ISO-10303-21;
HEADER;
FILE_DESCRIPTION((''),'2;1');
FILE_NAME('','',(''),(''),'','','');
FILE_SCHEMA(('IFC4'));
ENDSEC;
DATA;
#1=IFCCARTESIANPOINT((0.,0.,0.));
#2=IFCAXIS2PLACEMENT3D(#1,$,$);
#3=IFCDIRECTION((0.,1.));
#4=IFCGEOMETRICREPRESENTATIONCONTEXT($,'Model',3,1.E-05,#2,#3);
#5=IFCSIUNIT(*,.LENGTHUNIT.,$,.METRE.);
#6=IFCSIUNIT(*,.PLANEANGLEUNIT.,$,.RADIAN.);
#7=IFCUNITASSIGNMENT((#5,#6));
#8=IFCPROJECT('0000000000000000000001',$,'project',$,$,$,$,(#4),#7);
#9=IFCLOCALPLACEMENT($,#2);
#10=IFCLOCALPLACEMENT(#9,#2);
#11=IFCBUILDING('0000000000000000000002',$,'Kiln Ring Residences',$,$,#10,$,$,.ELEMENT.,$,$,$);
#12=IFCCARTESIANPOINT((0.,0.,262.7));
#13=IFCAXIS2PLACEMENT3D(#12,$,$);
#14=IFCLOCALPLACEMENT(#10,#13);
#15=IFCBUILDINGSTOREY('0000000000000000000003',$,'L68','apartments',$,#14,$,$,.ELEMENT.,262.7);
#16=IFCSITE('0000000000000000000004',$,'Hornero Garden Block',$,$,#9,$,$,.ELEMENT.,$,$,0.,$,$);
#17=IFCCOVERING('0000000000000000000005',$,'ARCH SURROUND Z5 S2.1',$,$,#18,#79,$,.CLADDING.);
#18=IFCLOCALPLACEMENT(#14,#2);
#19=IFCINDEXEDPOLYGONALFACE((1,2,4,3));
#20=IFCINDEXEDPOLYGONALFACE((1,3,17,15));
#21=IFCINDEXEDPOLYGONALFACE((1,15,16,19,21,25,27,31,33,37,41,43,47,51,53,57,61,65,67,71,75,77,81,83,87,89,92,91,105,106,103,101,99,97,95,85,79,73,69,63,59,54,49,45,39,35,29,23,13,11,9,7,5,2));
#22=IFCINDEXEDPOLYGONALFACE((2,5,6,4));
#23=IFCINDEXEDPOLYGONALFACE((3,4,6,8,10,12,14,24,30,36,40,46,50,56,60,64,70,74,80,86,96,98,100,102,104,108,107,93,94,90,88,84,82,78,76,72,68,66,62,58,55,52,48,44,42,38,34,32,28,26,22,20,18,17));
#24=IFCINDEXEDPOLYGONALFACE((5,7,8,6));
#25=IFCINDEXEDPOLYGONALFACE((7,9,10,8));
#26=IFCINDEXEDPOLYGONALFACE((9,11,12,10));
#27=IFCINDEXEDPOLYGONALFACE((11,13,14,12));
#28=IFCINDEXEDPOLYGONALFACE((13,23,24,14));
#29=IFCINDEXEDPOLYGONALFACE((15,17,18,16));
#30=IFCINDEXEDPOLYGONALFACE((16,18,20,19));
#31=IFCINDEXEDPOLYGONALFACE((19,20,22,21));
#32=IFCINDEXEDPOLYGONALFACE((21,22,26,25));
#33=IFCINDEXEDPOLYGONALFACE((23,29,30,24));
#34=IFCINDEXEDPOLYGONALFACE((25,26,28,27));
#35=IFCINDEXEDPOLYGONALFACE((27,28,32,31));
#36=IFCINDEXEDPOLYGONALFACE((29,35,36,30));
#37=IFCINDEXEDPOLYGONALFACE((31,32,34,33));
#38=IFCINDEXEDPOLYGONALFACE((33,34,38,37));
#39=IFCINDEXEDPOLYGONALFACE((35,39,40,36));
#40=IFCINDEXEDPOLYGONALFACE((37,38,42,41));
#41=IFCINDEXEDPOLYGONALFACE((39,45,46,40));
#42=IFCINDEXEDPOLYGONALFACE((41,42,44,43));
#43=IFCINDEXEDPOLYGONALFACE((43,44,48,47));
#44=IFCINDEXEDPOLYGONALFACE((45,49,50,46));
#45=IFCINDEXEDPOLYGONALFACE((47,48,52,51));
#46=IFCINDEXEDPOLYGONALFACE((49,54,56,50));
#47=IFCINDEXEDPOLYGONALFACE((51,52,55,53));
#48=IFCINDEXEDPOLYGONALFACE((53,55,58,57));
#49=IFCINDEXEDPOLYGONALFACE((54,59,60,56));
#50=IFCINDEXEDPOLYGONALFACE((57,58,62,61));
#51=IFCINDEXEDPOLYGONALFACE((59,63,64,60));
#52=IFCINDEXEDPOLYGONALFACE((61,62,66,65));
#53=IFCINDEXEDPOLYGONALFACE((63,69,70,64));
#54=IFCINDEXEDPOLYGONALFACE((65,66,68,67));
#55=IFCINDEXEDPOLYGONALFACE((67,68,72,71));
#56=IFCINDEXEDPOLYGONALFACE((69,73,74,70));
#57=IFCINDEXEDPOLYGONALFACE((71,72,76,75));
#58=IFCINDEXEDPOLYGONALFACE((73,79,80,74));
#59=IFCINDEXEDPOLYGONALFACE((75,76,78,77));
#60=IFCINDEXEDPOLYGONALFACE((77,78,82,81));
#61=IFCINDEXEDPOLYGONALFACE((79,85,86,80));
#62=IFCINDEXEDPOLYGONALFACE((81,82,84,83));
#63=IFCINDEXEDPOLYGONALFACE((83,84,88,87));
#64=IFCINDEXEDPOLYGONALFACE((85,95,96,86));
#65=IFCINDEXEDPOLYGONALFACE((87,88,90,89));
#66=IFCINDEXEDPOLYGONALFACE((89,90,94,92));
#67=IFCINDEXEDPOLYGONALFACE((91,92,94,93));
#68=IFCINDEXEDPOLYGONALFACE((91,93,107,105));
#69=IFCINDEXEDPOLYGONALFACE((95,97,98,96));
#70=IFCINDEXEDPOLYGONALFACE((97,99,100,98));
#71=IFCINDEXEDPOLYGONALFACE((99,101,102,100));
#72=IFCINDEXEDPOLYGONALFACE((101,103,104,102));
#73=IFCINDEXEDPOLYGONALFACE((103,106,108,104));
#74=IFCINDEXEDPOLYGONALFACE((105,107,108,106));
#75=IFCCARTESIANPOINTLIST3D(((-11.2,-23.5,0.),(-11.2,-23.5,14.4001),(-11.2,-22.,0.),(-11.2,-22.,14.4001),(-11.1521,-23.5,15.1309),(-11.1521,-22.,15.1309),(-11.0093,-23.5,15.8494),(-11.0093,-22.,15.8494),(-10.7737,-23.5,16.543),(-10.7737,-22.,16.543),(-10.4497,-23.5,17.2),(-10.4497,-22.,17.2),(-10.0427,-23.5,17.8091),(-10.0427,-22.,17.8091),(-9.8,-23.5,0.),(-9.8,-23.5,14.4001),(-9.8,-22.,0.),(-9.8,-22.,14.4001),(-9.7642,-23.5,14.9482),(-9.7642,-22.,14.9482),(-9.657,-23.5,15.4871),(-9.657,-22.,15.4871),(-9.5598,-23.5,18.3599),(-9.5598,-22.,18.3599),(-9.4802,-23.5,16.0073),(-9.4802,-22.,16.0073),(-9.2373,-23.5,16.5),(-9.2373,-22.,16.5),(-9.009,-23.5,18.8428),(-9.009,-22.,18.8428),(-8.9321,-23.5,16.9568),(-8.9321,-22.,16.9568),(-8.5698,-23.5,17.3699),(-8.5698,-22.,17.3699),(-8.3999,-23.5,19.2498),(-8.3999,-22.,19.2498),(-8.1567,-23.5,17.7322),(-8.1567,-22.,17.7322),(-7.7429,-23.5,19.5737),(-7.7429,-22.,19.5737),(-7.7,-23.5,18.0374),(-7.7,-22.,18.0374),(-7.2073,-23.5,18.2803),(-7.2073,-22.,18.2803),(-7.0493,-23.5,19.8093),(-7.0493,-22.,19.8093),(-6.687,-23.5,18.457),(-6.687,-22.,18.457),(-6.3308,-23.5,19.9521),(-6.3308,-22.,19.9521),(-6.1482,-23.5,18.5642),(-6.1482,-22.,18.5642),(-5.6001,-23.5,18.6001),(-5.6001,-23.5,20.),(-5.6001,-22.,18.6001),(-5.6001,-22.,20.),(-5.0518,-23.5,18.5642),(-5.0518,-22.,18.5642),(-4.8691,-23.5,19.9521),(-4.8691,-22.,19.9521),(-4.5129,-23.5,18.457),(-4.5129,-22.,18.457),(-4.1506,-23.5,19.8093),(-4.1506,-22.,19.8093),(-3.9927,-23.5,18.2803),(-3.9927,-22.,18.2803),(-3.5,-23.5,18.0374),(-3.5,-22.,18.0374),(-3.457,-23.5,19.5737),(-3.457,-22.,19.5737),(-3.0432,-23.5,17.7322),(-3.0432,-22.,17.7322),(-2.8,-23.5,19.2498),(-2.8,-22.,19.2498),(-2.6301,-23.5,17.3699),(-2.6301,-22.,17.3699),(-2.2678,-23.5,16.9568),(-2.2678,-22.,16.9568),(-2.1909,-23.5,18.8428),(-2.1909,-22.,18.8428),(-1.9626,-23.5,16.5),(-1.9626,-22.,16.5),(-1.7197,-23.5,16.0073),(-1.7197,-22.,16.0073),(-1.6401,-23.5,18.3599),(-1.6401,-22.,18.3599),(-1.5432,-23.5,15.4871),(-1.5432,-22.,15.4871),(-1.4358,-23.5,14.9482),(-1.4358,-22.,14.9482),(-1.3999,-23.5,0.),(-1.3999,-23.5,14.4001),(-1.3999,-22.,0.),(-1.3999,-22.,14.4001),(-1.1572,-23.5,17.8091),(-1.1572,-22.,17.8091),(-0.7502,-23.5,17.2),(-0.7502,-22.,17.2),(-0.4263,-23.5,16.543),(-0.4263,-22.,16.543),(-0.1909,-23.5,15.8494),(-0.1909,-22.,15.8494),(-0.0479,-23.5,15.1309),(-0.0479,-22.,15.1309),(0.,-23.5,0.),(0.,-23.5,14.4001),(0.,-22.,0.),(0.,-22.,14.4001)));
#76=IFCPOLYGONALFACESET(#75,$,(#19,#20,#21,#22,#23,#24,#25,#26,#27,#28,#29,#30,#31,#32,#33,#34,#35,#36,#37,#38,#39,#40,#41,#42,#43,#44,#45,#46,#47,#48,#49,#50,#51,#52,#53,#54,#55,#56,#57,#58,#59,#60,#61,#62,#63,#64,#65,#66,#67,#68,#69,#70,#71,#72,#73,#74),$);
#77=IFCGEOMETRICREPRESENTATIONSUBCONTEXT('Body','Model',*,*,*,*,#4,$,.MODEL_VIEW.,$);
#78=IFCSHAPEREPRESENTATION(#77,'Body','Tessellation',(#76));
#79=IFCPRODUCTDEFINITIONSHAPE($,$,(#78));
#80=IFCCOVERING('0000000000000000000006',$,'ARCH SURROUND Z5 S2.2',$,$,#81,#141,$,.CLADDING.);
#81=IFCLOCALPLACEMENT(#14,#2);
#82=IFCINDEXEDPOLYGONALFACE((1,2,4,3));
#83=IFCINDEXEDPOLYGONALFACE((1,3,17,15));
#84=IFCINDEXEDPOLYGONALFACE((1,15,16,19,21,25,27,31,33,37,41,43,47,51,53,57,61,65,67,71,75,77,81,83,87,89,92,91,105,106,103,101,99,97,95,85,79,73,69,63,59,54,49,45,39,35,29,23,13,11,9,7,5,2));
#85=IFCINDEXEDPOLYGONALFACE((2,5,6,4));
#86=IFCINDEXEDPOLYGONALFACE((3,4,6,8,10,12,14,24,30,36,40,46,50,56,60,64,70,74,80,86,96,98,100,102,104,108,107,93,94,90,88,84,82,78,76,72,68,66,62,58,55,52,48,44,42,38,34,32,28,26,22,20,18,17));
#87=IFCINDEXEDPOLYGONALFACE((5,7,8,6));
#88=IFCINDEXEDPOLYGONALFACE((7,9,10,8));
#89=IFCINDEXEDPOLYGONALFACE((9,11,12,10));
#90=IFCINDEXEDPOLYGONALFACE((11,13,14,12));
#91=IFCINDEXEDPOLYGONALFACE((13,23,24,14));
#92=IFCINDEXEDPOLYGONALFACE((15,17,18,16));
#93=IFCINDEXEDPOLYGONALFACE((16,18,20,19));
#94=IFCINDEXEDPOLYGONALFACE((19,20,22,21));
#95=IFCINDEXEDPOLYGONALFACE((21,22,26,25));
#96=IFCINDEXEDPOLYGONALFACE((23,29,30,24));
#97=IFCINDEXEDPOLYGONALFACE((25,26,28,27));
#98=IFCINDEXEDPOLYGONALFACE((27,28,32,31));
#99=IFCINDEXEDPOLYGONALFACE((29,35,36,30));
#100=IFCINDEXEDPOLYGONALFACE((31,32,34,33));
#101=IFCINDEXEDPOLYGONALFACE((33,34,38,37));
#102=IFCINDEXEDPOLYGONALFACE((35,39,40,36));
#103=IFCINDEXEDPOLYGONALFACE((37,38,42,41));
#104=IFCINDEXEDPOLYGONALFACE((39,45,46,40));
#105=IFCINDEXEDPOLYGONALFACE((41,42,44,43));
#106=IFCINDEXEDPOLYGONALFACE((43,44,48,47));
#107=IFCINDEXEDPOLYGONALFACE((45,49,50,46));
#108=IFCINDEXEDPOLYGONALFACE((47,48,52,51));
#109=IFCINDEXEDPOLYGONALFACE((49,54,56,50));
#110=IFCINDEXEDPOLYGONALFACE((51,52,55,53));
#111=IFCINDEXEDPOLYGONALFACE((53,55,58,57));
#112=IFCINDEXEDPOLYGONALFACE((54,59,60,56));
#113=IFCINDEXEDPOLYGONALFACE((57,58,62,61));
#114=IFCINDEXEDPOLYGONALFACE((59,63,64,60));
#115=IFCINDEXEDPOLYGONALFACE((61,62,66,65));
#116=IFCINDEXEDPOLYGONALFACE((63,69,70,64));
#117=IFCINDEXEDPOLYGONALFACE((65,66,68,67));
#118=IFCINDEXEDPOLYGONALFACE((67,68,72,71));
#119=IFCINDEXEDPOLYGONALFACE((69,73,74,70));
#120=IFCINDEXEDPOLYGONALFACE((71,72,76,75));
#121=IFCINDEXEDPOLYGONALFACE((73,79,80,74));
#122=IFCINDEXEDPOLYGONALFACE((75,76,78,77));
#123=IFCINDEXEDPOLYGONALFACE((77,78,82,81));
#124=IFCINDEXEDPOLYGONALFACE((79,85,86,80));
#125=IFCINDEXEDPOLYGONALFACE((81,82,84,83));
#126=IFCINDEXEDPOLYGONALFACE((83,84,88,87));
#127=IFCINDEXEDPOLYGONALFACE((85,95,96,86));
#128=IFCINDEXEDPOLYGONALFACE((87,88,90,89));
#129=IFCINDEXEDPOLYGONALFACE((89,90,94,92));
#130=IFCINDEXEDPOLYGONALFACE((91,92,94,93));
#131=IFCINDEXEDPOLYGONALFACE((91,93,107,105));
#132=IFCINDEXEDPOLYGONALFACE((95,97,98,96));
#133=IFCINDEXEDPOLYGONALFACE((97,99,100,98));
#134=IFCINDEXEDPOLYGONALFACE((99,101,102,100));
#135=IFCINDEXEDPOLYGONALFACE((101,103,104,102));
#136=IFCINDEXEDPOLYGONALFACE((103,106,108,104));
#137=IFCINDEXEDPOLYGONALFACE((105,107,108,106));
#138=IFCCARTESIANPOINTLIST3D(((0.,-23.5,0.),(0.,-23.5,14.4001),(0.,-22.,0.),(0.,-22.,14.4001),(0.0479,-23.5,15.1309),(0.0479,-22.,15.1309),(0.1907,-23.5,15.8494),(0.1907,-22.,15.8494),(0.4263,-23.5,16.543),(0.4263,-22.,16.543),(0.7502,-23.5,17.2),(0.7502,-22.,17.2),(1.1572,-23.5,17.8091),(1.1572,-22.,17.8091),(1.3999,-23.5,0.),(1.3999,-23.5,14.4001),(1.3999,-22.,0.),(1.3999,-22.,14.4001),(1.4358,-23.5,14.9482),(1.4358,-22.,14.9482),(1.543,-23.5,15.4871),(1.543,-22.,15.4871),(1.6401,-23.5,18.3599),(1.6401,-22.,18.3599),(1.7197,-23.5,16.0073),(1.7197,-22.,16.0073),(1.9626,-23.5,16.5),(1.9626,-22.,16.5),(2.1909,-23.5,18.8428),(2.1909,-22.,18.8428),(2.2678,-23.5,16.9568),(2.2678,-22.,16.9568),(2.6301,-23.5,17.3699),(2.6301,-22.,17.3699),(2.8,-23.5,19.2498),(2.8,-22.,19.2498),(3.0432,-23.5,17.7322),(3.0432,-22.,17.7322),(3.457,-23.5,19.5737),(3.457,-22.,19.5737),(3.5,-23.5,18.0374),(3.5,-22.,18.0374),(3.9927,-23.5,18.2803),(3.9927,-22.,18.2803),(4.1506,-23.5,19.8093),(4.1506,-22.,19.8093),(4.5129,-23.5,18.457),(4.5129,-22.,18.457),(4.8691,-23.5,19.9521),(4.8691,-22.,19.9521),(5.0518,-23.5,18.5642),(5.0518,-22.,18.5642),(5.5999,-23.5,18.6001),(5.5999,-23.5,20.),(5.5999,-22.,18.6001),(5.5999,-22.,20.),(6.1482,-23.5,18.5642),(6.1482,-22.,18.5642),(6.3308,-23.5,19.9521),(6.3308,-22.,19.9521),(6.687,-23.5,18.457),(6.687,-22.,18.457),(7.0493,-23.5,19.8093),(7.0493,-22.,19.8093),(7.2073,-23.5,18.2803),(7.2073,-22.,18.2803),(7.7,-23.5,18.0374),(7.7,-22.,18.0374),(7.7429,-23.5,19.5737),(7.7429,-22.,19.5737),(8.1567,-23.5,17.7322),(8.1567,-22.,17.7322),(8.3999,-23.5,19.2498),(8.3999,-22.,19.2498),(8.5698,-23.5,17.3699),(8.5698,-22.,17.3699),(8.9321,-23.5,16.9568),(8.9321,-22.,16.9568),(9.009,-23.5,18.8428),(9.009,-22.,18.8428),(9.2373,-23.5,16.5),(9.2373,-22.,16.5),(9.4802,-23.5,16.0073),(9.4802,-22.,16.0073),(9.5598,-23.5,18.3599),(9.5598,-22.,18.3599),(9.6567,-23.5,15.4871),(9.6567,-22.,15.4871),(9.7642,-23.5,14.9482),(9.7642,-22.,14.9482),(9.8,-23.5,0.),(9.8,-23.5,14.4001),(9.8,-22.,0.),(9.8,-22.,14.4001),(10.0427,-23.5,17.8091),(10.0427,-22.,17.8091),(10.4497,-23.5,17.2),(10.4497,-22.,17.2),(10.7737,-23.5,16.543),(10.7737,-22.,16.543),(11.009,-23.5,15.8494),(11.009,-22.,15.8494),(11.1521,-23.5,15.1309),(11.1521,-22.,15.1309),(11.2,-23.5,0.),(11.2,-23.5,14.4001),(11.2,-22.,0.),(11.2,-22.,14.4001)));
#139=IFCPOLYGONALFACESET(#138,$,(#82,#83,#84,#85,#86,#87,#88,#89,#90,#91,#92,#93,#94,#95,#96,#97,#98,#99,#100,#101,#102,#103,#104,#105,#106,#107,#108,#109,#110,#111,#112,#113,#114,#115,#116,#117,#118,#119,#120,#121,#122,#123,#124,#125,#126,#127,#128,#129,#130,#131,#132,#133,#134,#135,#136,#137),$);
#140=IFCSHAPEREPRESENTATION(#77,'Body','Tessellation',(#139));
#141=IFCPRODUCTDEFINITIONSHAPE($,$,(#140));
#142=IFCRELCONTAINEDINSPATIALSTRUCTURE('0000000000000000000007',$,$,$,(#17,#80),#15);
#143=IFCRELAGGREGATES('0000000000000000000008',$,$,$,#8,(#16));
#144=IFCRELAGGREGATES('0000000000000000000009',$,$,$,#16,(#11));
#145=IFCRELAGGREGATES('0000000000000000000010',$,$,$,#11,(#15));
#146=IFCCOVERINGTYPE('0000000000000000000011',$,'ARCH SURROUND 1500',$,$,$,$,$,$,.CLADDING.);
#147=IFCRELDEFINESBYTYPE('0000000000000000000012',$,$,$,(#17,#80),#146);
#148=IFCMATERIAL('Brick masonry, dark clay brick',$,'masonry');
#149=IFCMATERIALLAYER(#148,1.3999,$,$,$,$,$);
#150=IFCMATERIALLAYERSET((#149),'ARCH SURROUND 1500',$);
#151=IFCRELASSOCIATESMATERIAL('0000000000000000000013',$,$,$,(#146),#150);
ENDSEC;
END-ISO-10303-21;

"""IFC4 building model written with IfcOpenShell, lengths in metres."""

from ifc_helpers import new_model, si_unit, direction, frame, origin, place, context, subcontext, project, spatial, polyline, outline, extrude, material, layer, layer_set, type_object, element, save


model = new_model("IFC4")

# Units and contexts
model_context = context("Model", 3, precision=1e-05, world=origin(), true_north=direction((0.0, 1.0)))
body_context = subcontext(model_context, "Body", "Model", "MODEL_VIEW")
ifc_project = project(units=[si_unit("LENGTHUNIT", "METRE"), si_unit("PLANEANGLEUNIT", "RADIAN")], contexts=[model_context])

# Site, building, storey
site_placement = place(None, origin())
site = spatial("IfcSite", under=ifc_project, at=site_placement, Name="Hornero Garden Block", CompositionType="ELEMENT", RefElevation=0.0)
building_placement = place(site_placement, origin())
building = spatial("IfcBuilding", under=site, at=building_placement, Name="Kiln Ring Residences", CompositionType="ELEMENT")
storey_placement = place(building_placement, frame((0.0, 0.0, 262.7)))
storey = spatial("IfcBuildingStorey", under=building, at=storey_placement, Name="L68", Description="apartments", CompositionType="ELEMENT", Elevation=262.7)

# Coverings
ifc_material_1 = material(Name="Brick masonry, dark clay brick", Category="masonry")
ifc_layer_1 = layer(ifc_material_1, 1.3999)
ifc_layer_set_1 = layer_set([ifc_layer_1], Name="ARCH SURROUND 1500")
covering_type = type_object("IfcCoveringType", Name="ARCH SURROUND 1500", PredefinedType="CLADDING", material=ifc_layer_set_1)
covering_1_placement = place(storey_placement, frame((0.0, -22.75, 0.0), z_axis=(0.0, 0.0, 1.0), x_axis=(-1.0, 0.0, 0.0)))
element("IfcCovering", 1, at=covering_1_placement, inside=storey, type_object=covering_type, Name="ARCH SURROUND Z5 S2.1", PredefinedType="CLADDING", context=body_context, shape_type="SweptSolid", body=[
    extrude(outline(polyline([(11.2, 0.0), (11.2, 14.4001), (11.1521, 15.1309), (11.0093, 15.8494), (10.7737, 16.543), (10.4497, 17.2), (10.0427, 17.8091), (9.5598, 18.3599), (9.009, 18.8428), (8.3999, 19.2498), (7.7429, 19.5737), (7.0493, 19.8093), (6.3308, 19.9521), (5.6001, 20.0), (4.8691, 19.9521), (4.1506, 19.8093), (3.457, 19.5737), (2.8, 19.2498), (2.1909, 18.8428), (1.6401, 18.3599), (1.1572, 17.8091), (0.7502, 17.2), (0.4263, 16.543), (0.1909, 15.8494), (0.0479, 15.1309), (0.0, 14.4001), (0.0, 0.0), (1.3999, 0.0), (1.3999, 14.4001), (1.4358, 14.9482), (1.5432, 15.4871), (1.7197, 16.0073), (1.9626, 16.5), (2.2678, 16.9568), (2.6301, 17.3699), (3.0432, 17.7322), (3.5, 18.0374), (3.9927, 18.2803), (4.5129, 18.457), (5.0518, 18.5642), (5.6001, 18.6001), (6.1482, 18.5642), (6.687, 18.457), (7.2073, 18.2803), (7.7, 18.0374), (8.1567, 17.7322), (8.5698, 17.3699), (8.9321, 16.9568), (9.2373, 16.5), (9.4802, 16.0073), (9.657, 15.4871), (9.7642, 14.9482), (9.8, 14.4001), (9.8, 0.0), (11.2, 0.0)])), frame((0.0, 0.75, 0.0), z_axis=(0.0, -1.0, 0.0), x_axis=(1.0, 0.0, 0.0)), (0.0, 0.0, 1.0), 1.5),
])
covering_2_placement = place(storey_placement, frame((11.2, -22.75, 0.0), z_axis=(0.0, 0.0, 1.0), x_axis=(-1.0, 0.0, 0.0)))
element("IfcCovering", 2, at=covering_2_placement, inside=storey, type_object=covering_type, Name="ARCH SURROUND Z5 S2.2", PredefinedType="CLADDING", context=body_context, shape_type="SweptSolid", body=[
    extrude(outline(polyline([(11.2, 0.0), (11.2, 14.4001), (11.1521, 15.1309), (11.0093, 15.8494), (10.7737, 16.543), (10.4497, 17.2), (10.0427, 17.8091), (9.5598, 18.3599), (9.009, 18.8428), (8.3999, 19.2498), (7.7429, 19.5737), (7.0493, 19.8093), (6.3308, 19.9521), (5.6001, 20.0), (4.8691, 19.9521), (4.1506, 19.8093), (3.457, 19.5737), (2.8, 19.2498), (2.1909, 18.8428), (1.6401, 18.3599), (1.1572, 17.8091), (0.7502, 17.2), (0.4263, 16.543), (0.1909, 15.8494), (0.0479, 15.1309), (0.0, 14.4001), (0.0, 0.0), (1.3999, 0.0), (1.3999, 14.4001), (1.4358, 14.9482), (1.5432, 15.4871), (1.7197, 16.0073), (1.9626, 16.5), (2.2678, 16.9568), (2.6301, 17.3699), (3.0432, 17.7322), (3.5, 18.0374), (3.9927, 18.2803), (4.5129, 18.457), (5.0518, 18.5642), (5.6001, 18.6001), (6.1482, 18.5642), (6.687, 18.457), (7.2073, 18.2803), (7.7, 18.0374), (8.1567, 17.7322), (8.5698, 17.3699), (8.9321, 16.9568), (9.2373, 16.5), (9.4802, 16.0073), (9.657, 15.4871), (9.7642, 14.9482), (9.8, 14.4001), (9.8, 0.0), (11.2, 0.0)])), frame((0.0, 0.75, 0.0), z_axis=(0.0, -1.0, 0.0), x_axis=(1.0, 0.0, 0.0)), (0.0, 0.0, 1.0), 1.5),
])

save(model, "model.ifc")
